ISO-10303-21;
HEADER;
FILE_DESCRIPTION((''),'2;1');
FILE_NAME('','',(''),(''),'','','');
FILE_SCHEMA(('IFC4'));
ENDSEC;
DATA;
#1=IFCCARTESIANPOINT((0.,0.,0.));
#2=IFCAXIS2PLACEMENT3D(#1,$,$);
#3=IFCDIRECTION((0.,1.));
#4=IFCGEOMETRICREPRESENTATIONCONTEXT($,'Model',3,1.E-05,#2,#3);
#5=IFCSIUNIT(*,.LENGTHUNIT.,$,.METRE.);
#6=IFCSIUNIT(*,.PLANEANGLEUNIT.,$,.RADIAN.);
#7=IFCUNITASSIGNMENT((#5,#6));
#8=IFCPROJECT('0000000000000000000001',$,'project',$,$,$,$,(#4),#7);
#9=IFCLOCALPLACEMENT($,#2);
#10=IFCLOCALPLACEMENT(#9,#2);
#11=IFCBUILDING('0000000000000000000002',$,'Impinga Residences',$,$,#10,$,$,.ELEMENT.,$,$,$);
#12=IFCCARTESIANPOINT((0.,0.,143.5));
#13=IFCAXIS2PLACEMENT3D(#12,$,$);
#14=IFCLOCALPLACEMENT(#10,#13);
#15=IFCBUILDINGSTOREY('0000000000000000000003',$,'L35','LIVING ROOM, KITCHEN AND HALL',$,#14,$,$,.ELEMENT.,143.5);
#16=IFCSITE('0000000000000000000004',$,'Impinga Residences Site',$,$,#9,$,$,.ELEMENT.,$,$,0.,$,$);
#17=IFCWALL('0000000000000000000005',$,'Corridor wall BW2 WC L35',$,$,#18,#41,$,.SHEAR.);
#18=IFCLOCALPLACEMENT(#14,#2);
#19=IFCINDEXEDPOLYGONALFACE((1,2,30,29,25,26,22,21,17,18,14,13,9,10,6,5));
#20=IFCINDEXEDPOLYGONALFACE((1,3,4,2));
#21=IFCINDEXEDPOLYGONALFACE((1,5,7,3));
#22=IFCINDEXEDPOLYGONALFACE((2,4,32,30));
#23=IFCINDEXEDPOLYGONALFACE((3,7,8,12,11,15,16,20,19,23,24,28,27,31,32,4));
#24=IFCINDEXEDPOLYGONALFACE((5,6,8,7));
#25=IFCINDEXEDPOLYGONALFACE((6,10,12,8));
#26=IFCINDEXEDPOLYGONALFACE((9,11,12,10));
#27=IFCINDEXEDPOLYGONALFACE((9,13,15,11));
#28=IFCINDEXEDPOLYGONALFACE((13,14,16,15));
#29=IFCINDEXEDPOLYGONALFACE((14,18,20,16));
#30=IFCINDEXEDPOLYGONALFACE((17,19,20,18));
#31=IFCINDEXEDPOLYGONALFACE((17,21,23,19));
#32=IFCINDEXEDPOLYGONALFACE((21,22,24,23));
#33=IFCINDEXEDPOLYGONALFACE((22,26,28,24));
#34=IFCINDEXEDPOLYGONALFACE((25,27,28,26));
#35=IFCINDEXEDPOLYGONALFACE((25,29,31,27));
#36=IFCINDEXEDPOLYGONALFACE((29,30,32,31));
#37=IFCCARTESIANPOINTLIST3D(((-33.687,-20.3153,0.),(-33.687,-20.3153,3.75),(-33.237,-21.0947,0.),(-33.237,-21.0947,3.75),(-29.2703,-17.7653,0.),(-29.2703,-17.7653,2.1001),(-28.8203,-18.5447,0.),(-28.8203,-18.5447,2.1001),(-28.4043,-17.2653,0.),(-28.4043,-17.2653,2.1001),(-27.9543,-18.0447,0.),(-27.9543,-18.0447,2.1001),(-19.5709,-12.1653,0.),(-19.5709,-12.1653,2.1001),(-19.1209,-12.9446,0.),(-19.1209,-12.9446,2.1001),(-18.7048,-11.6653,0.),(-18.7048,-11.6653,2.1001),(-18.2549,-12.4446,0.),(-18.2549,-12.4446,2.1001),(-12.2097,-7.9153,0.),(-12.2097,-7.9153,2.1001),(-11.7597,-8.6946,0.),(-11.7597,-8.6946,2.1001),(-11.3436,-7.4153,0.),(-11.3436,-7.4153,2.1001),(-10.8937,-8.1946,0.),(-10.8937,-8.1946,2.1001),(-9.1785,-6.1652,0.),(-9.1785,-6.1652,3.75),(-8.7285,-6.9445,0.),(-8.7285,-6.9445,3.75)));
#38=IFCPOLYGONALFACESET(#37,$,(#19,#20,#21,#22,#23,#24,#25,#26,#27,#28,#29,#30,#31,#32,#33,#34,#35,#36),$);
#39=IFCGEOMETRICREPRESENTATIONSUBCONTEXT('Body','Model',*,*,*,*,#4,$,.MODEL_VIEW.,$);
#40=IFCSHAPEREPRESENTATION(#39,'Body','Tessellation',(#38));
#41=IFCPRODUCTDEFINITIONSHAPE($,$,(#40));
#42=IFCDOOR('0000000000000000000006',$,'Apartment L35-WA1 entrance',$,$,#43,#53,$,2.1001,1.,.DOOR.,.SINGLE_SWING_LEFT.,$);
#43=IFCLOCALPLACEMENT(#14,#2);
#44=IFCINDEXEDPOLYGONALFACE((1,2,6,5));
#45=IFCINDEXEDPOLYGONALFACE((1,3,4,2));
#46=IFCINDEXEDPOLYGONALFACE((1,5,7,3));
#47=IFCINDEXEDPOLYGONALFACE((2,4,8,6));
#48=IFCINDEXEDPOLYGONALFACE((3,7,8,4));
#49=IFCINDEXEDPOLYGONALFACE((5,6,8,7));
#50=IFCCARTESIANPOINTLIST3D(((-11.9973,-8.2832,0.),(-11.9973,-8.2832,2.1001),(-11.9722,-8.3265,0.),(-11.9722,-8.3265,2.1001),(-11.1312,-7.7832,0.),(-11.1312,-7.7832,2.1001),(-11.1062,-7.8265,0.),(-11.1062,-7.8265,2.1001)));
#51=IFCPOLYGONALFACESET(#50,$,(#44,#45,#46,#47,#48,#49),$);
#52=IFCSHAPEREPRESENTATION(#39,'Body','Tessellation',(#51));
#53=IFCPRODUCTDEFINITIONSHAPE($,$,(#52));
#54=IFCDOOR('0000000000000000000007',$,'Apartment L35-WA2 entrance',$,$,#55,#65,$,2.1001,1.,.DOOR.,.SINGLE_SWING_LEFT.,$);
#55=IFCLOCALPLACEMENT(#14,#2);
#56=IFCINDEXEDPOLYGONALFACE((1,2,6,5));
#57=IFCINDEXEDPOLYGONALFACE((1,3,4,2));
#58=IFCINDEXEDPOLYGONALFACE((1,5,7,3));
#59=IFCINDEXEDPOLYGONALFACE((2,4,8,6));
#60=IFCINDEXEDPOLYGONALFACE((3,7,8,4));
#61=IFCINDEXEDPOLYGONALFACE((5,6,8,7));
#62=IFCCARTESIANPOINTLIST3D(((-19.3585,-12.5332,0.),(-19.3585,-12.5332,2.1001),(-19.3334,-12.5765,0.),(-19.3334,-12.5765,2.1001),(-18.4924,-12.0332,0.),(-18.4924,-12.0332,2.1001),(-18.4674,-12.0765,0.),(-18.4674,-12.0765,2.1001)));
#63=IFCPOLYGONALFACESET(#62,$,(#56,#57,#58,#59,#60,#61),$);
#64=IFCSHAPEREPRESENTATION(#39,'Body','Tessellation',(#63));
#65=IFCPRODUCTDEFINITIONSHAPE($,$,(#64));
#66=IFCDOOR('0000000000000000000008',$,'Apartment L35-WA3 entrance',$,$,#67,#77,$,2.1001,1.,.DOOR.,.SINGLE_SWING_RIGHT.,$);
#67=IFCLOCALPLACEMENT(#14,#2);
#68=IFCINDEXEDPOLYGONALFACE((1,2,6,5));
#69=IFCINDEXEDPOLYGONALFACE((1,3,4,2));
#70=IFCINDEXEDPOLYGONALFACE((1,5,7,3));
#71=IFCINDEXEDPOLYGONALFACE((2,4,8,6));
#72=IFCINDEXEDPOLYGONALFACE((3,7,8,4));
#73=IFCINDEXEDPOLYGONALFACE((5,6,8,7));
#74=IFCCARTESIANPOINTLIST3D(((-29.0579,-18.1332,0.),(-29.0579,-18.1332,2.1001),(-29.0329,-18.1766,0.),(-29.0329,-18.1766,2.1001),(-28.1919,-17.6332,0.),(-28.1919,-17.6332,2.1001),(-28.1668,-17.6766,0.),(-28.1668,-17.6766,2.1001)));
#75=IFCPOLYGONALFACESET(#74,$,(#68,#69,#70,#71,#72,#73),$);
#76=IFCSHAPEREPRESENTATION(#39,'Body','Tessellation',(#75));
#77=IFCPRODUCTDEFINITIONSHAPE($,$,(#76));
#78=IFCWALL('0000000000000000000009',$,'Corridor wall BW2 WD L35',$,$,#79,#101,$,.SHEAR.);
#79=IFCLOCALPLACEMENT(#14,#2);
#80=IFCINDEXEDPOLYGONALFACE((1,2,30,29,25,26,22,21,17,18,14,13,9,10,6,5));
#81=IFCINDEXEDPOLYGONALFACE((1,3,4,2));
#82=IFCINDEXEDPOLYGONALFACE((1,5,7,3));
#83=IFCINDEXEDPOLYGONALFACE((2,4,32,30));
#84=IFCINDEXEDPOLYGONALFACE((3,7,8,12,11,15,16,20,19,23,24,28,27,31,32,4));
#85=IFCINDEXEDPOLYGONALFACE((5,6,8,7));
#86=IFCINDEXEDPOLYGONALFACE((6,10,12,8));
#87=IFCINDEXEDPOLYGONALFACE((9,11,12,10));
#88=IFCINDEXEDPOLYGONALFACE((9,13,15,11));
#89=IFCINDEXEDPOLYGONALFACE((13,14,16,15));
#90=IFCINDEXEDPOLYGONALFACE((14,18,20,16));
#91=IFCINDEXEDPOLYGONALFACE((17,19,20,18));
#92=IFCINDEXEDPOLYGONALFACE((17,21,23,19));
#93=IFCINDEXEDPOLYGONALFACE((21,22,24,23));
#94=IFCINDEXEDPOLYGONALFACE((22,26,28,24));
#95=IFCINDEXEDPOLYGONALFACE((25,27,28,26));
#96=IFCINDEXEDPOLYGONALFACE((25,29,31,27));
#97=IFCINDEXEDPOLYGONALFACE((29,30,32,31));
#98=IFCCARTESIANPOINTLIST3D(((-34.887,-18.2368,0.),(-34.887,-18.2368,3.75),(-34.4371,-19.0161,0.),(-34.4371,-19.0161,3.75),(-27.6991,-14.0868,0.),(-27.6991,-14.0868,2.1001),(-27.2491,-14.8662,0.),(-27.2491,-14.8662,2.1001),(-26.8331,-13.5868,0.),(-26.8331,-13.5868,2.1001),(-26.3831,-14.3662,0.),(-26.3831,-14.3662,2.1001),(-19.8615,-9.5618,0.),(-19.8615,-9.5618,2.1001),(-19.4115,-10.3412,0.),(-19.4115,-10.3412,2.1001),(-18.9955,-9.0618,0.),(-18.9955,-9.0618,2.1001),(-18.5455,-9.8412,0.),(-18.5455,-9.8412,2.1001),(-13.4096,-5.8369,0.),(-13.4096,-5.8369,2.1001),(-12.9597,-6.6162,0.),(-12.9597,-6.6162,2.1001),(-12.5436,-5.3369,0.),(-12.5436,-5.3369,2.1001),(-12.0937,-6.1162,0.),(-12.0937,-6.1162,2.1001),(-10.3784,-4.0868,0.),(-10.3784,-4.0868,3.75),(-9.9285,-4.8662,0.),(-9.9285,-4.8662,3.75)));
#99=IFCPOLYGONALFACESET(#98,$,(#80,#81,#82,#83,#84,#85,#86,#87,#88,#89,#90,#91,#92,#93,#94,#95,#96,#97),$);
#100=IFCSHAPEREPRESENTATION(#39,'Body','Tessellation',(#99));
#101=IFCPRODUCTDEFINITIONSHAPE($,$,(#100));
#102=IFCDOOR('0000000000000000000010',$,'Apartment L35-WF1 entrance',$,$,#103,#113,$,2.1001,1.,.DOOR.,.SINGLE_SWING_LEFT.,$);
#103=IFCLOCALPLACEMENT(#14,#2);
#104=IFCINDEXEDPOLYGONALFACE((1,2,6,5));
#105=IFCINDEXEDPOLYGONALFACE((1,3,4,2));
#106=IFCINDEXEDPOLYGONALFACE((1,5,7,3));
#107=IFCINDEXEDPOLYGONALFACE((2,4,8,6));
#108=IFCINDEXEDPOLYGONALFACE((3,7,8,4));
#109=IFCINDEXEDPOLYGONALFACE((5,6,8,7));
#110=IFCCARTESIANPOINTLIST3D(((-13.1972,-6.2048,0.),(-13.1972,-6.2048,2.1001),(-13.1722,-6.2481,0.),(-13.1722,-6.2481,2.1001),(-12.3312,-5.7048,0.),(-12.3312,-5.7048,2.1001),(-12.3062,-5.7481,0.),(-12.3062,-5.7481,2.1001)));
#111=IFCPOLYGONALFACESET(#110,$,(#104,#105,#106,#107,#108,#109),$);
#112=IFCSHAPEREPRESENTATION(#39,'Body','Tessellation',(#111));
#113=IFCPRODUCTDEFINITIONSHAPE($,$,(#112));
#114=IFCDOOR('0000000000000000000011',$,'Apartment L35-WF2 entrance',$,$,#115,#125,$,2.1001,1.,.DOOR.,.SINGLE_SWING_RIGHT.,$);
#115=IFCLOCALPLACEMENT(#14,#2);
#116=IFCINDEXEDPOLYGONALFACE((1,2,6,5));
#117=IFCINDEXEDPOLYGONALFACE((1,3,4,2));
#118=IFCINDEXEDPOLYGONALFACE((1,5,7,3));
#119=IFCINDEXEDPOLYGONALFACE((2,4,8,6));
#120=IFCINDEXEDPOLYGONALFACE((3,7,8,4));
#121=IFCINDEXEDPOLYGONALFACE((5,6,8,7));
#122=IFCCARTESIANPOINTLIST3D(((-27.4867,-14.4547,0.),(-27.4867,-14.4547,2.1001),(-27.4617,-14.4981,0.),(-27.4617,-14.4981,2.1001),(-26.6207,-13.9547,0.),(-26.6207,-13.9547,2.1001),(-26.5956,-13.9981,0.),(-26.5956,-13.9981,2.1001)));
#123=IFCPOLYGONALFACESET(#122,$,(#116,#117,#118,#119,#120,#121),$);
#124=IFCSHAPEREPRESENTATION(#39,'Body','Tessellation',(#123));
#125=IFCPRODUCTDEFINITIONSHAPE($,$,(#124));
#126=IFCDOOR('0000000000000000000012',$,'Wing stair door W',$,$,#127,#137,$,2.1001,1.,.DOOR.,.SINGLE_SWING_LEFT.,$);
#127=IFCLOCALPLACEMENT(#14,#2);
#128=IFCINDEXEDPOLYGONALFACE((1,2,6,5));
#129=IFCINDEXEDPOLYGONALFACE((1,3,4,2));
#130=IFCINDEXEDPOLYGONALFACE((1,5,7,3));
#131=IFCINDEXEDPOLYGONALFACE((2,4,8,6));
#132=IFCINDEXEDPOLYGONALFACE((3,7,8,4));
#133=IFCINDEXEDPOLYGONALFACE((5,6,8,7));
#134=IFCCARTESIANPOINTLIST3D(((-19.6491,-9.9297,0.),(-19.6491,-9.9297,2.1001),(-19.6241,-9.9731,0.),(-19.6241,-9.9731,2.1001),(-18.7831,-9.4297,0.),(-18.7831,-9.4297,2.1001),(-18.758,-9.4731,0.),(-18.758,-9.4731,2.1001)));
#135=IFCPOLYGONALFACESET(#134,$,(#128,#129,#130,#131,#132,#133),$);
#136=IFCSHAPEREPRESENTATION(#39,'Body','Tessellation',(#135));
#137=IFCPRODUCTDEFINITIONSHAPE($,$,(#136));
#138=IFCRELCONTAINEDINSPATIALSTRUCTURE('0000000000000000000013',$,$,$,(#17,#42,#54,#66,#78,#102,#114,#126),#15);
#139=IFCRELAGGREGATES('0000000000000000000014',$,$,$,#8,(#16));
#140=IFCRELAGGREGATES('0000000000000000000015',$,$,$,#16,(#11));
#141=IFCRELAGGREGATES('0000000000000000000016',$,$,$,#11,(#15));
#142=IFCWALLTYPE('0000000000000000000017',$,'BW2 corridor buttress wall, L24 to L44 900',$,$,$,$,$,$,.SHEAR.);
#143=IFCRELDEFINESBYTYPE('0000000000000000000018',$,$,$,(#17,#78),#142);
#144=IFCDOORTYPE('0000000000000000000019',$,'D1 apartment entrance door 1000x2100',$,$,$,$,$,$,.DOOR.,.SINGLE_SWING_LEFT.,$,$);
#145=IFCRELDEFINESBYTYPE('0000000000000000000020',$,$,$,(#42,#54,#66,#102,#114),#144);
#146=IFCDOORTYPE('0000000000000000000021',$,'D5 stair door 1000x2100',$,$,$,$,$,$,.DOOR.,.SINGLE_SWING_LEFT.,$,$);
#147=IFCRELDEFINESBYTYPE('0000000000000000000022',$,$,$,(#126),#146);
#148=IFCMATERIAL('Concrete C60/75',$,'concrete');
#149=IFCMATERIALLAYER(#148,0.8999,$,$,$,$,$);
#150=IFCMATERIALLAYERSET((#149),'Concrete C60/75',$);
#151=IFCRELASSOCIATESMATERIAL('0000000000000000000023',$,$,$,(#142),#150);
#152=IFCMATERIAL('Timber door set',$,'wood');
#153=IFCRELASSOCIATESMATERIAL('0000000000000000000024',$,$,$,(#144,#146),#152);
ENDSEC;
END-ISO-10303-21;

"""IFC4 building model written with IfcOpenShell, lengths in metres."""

from ifc_helpers import new_model, si_unit, direction, frame, frame_2d, origin, place, context, subcontext, project, spatial, rectangle, extrude, material, layer, layer_set, type_object, element, fill, save


model = new_model("IFC4")

# Units and contexts
model_context = context("Model", 3, precision=1e-05, world=origin(), true_north=direction((0.0, 1.0)))
body_context = subcontext(model_context, "Body", "Model", "MODEL_VIEW")
ifc_project = project(units=[si_unit("LENGTHUNIT", "METRE"), si_unit("PLANEANGLEUNIT", "RADIAN")], contexts=[model_context])

# Site, building, storey
site_placement = place(None, origin())
site = spatial("IfcSite", under=ifc_project, at=site_placement, Name="Impinga Residences Site", CompositionType="ELEMENT", RefElevation=0.0)
building_placement = place(site_placement, origin())
building = spatial("IfcBuilding", under=site, at=building_placement, Name="Impinga Residences", CompositionType="ELEMENT")
storey_placement = place(building_placement, frame((0.0, 0.0, 143.5)))
storey = spatial("IfcBuildingStorey", under=building, at=storey_placement, Name="L35", Description="LIVING ROOM, KITCHEN AND HALL", CompositionType="ELEMENT", Elevation=143.5)

# Walls, openings, doors
ifc_material_1 = material(Name="Concrete C60/75", Category="concrete")
ifc_layer_1 = layer(ifc_material_1, 0.8999)
ifc_layer_set_1 = layer_set([ifc_layer_1], Name="Concrete C60/75")
wall_type_1 = type_object("IfcWallType", Name="BW2 corridor buttress wall, L24 to L44 900", PredefinedType="SHEAR", material=ifc_layer_set_1)
wall_1_placement = place(storey_placement, frame((-8.9536, -6.5549, 0.0), z_axis=(0.0, 0.0, 1.0), x_axis=(-0.866023, -0.500003, 0.0)))
wall_1 = element("IfcWall", 1, at=wall_1_placement, inside=storey, type_object=wall_type_1, Name="Corridor wall BW2 WC L35", PredefinedType="SHEAR", context=body_context, shape_type="SweptSolid", body=[
    extrude(rectangle(XDim=28.3, YDim=0.8999, at=frame_2d((14.1499, 0.0))), origin(), (0.0, 0.0, 1.0), 3.75),
])
opening_1_placement = place(wall_1_placement, frame((2.5, 0.0, 0.0)))
opening_1 = element("IfcOpeningElement", 2, at=opening_1_placement, cuts=wall_1, PredefinedType="OPENING", context=body_context, shape_type="SweptSolid", body=[
    extrude(rectangle(XDim=1.0, YDim=2.1001, at=frame_2d((0.5, 1.05))), frame((0.0, 0.46, 0.0), z_axis=(0.0, -1.0, 0.0), x_axis=(1.0, 0.0, 0.0)), (0.0, 0.0, 1.0), 0.9199),
])
opening_2_placement = place(wall_1_placement, frame((11.0, 0.0, 0.0)))
opening_2 = element("IfcOpeningElement", 3, at=opening_2_placement, cuts=wall_1, PredefinedType="OPENING", context=body_context, shape_type="SweptSolid", body=[
    extrude(rectangle(XDim=1.0, YDim=2.1001, at=frame_2d((0.5, 1.05))), frame((0.0, 0.46, 0.0), z_axis=(0.0, -1.0, 0.0), x_axis=(1.0, 0.0, 0.0)), (0.0, 0.0, 1.0), 0.9199),
])
opening_3_placement = place(wall_1_placement, frame((22.2, 0.0, 0.0)))
opening_3 = element("IfcOpeningElement", 4, at=opening_3_placement, cuts=wall_1, PredefinedType="OPENING", context=body_context, shape_type="SweptSolid", body=[
    extrude(rectangle(XDim=1.0, YDim=2.1001, at=frame_2d((0.5, 1.05))), frame((0.0, 0.46, 0.0), z_axis=(0.0, -1.0, 0.0), x_axis=(1.0, 0.0, 0.0)), (0.0, 0.0, 1.0), 0.9199),
])
ifc_material_2 = material(Name="Timber door set", Category="wood")
door_type_1 = type_object("IfcDoorType", Name="D1 apartment entrance door 1000x2100", OperationType="SINGLE_SWING_LEFT", PredefinedType="DOOR", material=ifc_material_2)
door_1_placement = place(opening_1_placement, origin())
door_1 = element("IfcDoor", 5, at=door_1_placement, inside=storey, type_object=door_type_1, Name="Apartment L35-WA1 entrance", OperationType="SINGLE_SWING_LEFT", OverallHeight=2.1001, OverallWidth=1.0, PredefinedType="DOOR", context=body_context, shape_type="SweptSolid", body=[
    extrude(rectangle(XDim=1.0, YDim=2.1001, at=frame_2d((0.5, 1.05))), frame((0.0, 0.0249, 0.0), z_axis=(0.0, -1.0, 0.0), x_axis=(1.0, 0.0, 0.0)), (0.0, 0.0, 1.0), 0.05),
])
fill(opening_1, door_1)
door_2_placement = place(opening_2_placement, origin())
door_2 = element("IfcDoor", 6, at=door_2_placement, inside=storey, type_object=door_type_1, Name="Apartment L35-WA2 entrance", OperationType="SINGLE_SWING_LEFT", OverallHeight=2.1001, OverallWidth=1.0, PredefinedType="DOOR", context=body_context, shape_type="SweptSolid", body=[
    extrude(rectangle(XDim=1.0, YDim=2.1001, at=frame_2d((0.5, 1.05))), frame((0.0, 0.0249, 0.0), z_axis=(0.0, -1.0, 0.0), x_axis=(1.0, 0.0, 0.0)), (0.0, 0.0, 1.0), 0.05),
])
fill(opening_2, door_2)
door_3_placement = place(opening_3_placement, origin())
door_3 = element("IfcDoor", 7, at=door_3_placement, inside=storey, type_object=door_type_1, Name="Apartment L35-WA3 entrance", OperationType="SINGLE_SWING_RIGHT", OverallHeight=2.1001, OverallWidth=1.0, PredefinedType="DOOR", context=body_context, shape_type="SweptSolid", body=[
    extrude(rectangle(XDim=1.0, YDim=2.1001, at=frame_2d((0.5, 1.05))), frame((0.0, 0.0249, 0.0), z_axis=(0.0, -1.0, 0.0), x_axis=(1.0, 0.0, 0.0)), (0.0, 0.0, 1.0), 0.05),
])
fill(opening_3, door_3)
wall_2_placement = place(storey_placement, frame((-10.1536, -4.4766, 0.0), z_axis=(0.0, 0.0, 1.0), x_axis=(-0.866027, -0.499997, 0.0)))
wall_2 = element("IfcWall", 8, at=wall_2_placement, inside=storey, type_object=wall_type_1, Name="Corridor wall BW2 WD L35", PredefinedType="SHEAR", context=body_context, shape_type="SweptSolid", body=[
    extrude(rectangle(XDim=28.3, YDim=0.8999, at=frame_2d((14.1499, 0.0))), origin(), (0.0, 0.0, 1.0), 3.75),
])
opening_4_placement = place(wall_2_placement, frame((9.95, 0.0, 0.0)))
opening_4 = element("IfcOpeningElement", 9, at=opening_4_placement, cuts=wall_2, PredefinedType="OPENING", context=body_context, shape_type="SweptSolid", body=[
    extrude(rectangle(XDim=1.0, YDim=2.1001, at=frame_2d((0.5, 1.05))), frame((0.0, 0.46, 0.0), z_axis=(0.0, -1.0, 0.0), x_axis=(1.0, 0.0, 0.0)), (0.0, 0.0, 1.0), 0.9199),
])
opening_5_placement = place(wall_2_placement, frame((2.5, 0.0, 0.0)))
opening_5 = element("IfcOpeningElement", 10, at=opening_5_placement, cuts=wall_2, PredefinedType="OPENING", context=body_context, shape_type="SweptSolid", body=[
    extrude(rectangle(XDim=1.0, YDim=2.1001, at=frame_2d((0.5, 1.05))), frame((0.0, 0.46, 0.0), z_axis=(0.0, -1.0, 0.0), x_axis=(1.0, 0.0, 0.0)), (0.0, 0.0, 1.0), 0.9199),
])
opening_6_placement = place(wall_2_placement, frame((19.0, 0.0, 0.0)))
opening_6 = element("IfcOpeningElement", 11, at=opening_6_placement, cuts=wall_2, PredefinedType="OPENING", context=body_context, shape_type="SweptSolid", body=[
    extrude(rectangle(XDim=1.0, YDim=2.1001, at=frame_2d((0.5, 1.05))), frame((0.0, 0.46, 0.0), z_axis=(0.0, -1.0, 0.0), x_axis=(1.0, 0.0, 0.0)), (0.0, 0.0, 1.0), 0.9199),
])
door_4_placement = place(opening_5_placement, origin())
door_4 = element("IfcDoor", 12, at=door_4_placement, inside=storey, type_object=door_type_1, Name="Apartment L35-WF1 entrance", OperationType="SINGLE_SWING_LEFT", OverallHeight=2.1001, OverallWidth=1.0, PredefinedType="DOOR", context=body_context, shape_type="SweptSolid", body=[
    extrude(rectangle(XDim=1.0, YDim=2.1001, at=frame_2d((0.5, 1.05))), frame((0.0, 0.0249, 0.0), z_axis=(0.0, -1.0, 0.0), x_axis=(1.0, 0.0, 0.0)), (0.0, 0.0, 1.0), 0.05),
])
fill(opening_5, door_4)
door_5_placement = place(opening_6_placement, origin())
door_5 = element("IfcDoor", 13, at=door_5_placement, inside=storey, type_object=door_type_1, Name="Apartment L35-WF2 entrance", OperationType="SINGLE_SWING_RIGHT", OverallHeight=2.1001, OverallWidth=1.0, PredefinedType="DOOR", context=body_context, shape_type="SweptSolid", body=[
    extrude(rectangle(XDim=1.0, YDim=2.1001, at=frame_2d((0.5, 1.05))), frame((0.0, 0.0249, 0.0), z_axis=(0.0, -1.0, 0.0), x_axis=(1.0, 0.0, 0.0)), (0.0, 0.0, 1.0), 0.05),
])
fill(opening_6, door_5)
door_type_2 = type_object("IfcDoorType", Name="D5 stair door 1000x2100", OperationType="SINGLE_SWING_LEFT", PredefinedType="DOOR", material=ifc_material_2)
door_6_placement = place(opening_4_placement, origin())
door_6 = element("IfcDoor", 14, at=door_6_placement, inside=storey, type_object=door_type_2, Name="Wing stair door W", OperationType="SINGLE_SWING_LEFT", OverallHeight=2.1001, OverallWidth=1.0, PredefinedType="DOOR", context=body_context, shape_type="SweptSolid", body=[
    extrude(rectangle(XDim=1.0, YDim=2.1001, at=frame_2d((0.5, 1.05))), frame((0.0, 0.0249, 0.0), z_axis=(0.0, -1.0, 0.0), x_axis=(1.0, 0.0, 0.0)), (0.0, 0.0, 1.0), 0.05),
])
fill(opening_4, door_6)

save(model, "model.ifc")
